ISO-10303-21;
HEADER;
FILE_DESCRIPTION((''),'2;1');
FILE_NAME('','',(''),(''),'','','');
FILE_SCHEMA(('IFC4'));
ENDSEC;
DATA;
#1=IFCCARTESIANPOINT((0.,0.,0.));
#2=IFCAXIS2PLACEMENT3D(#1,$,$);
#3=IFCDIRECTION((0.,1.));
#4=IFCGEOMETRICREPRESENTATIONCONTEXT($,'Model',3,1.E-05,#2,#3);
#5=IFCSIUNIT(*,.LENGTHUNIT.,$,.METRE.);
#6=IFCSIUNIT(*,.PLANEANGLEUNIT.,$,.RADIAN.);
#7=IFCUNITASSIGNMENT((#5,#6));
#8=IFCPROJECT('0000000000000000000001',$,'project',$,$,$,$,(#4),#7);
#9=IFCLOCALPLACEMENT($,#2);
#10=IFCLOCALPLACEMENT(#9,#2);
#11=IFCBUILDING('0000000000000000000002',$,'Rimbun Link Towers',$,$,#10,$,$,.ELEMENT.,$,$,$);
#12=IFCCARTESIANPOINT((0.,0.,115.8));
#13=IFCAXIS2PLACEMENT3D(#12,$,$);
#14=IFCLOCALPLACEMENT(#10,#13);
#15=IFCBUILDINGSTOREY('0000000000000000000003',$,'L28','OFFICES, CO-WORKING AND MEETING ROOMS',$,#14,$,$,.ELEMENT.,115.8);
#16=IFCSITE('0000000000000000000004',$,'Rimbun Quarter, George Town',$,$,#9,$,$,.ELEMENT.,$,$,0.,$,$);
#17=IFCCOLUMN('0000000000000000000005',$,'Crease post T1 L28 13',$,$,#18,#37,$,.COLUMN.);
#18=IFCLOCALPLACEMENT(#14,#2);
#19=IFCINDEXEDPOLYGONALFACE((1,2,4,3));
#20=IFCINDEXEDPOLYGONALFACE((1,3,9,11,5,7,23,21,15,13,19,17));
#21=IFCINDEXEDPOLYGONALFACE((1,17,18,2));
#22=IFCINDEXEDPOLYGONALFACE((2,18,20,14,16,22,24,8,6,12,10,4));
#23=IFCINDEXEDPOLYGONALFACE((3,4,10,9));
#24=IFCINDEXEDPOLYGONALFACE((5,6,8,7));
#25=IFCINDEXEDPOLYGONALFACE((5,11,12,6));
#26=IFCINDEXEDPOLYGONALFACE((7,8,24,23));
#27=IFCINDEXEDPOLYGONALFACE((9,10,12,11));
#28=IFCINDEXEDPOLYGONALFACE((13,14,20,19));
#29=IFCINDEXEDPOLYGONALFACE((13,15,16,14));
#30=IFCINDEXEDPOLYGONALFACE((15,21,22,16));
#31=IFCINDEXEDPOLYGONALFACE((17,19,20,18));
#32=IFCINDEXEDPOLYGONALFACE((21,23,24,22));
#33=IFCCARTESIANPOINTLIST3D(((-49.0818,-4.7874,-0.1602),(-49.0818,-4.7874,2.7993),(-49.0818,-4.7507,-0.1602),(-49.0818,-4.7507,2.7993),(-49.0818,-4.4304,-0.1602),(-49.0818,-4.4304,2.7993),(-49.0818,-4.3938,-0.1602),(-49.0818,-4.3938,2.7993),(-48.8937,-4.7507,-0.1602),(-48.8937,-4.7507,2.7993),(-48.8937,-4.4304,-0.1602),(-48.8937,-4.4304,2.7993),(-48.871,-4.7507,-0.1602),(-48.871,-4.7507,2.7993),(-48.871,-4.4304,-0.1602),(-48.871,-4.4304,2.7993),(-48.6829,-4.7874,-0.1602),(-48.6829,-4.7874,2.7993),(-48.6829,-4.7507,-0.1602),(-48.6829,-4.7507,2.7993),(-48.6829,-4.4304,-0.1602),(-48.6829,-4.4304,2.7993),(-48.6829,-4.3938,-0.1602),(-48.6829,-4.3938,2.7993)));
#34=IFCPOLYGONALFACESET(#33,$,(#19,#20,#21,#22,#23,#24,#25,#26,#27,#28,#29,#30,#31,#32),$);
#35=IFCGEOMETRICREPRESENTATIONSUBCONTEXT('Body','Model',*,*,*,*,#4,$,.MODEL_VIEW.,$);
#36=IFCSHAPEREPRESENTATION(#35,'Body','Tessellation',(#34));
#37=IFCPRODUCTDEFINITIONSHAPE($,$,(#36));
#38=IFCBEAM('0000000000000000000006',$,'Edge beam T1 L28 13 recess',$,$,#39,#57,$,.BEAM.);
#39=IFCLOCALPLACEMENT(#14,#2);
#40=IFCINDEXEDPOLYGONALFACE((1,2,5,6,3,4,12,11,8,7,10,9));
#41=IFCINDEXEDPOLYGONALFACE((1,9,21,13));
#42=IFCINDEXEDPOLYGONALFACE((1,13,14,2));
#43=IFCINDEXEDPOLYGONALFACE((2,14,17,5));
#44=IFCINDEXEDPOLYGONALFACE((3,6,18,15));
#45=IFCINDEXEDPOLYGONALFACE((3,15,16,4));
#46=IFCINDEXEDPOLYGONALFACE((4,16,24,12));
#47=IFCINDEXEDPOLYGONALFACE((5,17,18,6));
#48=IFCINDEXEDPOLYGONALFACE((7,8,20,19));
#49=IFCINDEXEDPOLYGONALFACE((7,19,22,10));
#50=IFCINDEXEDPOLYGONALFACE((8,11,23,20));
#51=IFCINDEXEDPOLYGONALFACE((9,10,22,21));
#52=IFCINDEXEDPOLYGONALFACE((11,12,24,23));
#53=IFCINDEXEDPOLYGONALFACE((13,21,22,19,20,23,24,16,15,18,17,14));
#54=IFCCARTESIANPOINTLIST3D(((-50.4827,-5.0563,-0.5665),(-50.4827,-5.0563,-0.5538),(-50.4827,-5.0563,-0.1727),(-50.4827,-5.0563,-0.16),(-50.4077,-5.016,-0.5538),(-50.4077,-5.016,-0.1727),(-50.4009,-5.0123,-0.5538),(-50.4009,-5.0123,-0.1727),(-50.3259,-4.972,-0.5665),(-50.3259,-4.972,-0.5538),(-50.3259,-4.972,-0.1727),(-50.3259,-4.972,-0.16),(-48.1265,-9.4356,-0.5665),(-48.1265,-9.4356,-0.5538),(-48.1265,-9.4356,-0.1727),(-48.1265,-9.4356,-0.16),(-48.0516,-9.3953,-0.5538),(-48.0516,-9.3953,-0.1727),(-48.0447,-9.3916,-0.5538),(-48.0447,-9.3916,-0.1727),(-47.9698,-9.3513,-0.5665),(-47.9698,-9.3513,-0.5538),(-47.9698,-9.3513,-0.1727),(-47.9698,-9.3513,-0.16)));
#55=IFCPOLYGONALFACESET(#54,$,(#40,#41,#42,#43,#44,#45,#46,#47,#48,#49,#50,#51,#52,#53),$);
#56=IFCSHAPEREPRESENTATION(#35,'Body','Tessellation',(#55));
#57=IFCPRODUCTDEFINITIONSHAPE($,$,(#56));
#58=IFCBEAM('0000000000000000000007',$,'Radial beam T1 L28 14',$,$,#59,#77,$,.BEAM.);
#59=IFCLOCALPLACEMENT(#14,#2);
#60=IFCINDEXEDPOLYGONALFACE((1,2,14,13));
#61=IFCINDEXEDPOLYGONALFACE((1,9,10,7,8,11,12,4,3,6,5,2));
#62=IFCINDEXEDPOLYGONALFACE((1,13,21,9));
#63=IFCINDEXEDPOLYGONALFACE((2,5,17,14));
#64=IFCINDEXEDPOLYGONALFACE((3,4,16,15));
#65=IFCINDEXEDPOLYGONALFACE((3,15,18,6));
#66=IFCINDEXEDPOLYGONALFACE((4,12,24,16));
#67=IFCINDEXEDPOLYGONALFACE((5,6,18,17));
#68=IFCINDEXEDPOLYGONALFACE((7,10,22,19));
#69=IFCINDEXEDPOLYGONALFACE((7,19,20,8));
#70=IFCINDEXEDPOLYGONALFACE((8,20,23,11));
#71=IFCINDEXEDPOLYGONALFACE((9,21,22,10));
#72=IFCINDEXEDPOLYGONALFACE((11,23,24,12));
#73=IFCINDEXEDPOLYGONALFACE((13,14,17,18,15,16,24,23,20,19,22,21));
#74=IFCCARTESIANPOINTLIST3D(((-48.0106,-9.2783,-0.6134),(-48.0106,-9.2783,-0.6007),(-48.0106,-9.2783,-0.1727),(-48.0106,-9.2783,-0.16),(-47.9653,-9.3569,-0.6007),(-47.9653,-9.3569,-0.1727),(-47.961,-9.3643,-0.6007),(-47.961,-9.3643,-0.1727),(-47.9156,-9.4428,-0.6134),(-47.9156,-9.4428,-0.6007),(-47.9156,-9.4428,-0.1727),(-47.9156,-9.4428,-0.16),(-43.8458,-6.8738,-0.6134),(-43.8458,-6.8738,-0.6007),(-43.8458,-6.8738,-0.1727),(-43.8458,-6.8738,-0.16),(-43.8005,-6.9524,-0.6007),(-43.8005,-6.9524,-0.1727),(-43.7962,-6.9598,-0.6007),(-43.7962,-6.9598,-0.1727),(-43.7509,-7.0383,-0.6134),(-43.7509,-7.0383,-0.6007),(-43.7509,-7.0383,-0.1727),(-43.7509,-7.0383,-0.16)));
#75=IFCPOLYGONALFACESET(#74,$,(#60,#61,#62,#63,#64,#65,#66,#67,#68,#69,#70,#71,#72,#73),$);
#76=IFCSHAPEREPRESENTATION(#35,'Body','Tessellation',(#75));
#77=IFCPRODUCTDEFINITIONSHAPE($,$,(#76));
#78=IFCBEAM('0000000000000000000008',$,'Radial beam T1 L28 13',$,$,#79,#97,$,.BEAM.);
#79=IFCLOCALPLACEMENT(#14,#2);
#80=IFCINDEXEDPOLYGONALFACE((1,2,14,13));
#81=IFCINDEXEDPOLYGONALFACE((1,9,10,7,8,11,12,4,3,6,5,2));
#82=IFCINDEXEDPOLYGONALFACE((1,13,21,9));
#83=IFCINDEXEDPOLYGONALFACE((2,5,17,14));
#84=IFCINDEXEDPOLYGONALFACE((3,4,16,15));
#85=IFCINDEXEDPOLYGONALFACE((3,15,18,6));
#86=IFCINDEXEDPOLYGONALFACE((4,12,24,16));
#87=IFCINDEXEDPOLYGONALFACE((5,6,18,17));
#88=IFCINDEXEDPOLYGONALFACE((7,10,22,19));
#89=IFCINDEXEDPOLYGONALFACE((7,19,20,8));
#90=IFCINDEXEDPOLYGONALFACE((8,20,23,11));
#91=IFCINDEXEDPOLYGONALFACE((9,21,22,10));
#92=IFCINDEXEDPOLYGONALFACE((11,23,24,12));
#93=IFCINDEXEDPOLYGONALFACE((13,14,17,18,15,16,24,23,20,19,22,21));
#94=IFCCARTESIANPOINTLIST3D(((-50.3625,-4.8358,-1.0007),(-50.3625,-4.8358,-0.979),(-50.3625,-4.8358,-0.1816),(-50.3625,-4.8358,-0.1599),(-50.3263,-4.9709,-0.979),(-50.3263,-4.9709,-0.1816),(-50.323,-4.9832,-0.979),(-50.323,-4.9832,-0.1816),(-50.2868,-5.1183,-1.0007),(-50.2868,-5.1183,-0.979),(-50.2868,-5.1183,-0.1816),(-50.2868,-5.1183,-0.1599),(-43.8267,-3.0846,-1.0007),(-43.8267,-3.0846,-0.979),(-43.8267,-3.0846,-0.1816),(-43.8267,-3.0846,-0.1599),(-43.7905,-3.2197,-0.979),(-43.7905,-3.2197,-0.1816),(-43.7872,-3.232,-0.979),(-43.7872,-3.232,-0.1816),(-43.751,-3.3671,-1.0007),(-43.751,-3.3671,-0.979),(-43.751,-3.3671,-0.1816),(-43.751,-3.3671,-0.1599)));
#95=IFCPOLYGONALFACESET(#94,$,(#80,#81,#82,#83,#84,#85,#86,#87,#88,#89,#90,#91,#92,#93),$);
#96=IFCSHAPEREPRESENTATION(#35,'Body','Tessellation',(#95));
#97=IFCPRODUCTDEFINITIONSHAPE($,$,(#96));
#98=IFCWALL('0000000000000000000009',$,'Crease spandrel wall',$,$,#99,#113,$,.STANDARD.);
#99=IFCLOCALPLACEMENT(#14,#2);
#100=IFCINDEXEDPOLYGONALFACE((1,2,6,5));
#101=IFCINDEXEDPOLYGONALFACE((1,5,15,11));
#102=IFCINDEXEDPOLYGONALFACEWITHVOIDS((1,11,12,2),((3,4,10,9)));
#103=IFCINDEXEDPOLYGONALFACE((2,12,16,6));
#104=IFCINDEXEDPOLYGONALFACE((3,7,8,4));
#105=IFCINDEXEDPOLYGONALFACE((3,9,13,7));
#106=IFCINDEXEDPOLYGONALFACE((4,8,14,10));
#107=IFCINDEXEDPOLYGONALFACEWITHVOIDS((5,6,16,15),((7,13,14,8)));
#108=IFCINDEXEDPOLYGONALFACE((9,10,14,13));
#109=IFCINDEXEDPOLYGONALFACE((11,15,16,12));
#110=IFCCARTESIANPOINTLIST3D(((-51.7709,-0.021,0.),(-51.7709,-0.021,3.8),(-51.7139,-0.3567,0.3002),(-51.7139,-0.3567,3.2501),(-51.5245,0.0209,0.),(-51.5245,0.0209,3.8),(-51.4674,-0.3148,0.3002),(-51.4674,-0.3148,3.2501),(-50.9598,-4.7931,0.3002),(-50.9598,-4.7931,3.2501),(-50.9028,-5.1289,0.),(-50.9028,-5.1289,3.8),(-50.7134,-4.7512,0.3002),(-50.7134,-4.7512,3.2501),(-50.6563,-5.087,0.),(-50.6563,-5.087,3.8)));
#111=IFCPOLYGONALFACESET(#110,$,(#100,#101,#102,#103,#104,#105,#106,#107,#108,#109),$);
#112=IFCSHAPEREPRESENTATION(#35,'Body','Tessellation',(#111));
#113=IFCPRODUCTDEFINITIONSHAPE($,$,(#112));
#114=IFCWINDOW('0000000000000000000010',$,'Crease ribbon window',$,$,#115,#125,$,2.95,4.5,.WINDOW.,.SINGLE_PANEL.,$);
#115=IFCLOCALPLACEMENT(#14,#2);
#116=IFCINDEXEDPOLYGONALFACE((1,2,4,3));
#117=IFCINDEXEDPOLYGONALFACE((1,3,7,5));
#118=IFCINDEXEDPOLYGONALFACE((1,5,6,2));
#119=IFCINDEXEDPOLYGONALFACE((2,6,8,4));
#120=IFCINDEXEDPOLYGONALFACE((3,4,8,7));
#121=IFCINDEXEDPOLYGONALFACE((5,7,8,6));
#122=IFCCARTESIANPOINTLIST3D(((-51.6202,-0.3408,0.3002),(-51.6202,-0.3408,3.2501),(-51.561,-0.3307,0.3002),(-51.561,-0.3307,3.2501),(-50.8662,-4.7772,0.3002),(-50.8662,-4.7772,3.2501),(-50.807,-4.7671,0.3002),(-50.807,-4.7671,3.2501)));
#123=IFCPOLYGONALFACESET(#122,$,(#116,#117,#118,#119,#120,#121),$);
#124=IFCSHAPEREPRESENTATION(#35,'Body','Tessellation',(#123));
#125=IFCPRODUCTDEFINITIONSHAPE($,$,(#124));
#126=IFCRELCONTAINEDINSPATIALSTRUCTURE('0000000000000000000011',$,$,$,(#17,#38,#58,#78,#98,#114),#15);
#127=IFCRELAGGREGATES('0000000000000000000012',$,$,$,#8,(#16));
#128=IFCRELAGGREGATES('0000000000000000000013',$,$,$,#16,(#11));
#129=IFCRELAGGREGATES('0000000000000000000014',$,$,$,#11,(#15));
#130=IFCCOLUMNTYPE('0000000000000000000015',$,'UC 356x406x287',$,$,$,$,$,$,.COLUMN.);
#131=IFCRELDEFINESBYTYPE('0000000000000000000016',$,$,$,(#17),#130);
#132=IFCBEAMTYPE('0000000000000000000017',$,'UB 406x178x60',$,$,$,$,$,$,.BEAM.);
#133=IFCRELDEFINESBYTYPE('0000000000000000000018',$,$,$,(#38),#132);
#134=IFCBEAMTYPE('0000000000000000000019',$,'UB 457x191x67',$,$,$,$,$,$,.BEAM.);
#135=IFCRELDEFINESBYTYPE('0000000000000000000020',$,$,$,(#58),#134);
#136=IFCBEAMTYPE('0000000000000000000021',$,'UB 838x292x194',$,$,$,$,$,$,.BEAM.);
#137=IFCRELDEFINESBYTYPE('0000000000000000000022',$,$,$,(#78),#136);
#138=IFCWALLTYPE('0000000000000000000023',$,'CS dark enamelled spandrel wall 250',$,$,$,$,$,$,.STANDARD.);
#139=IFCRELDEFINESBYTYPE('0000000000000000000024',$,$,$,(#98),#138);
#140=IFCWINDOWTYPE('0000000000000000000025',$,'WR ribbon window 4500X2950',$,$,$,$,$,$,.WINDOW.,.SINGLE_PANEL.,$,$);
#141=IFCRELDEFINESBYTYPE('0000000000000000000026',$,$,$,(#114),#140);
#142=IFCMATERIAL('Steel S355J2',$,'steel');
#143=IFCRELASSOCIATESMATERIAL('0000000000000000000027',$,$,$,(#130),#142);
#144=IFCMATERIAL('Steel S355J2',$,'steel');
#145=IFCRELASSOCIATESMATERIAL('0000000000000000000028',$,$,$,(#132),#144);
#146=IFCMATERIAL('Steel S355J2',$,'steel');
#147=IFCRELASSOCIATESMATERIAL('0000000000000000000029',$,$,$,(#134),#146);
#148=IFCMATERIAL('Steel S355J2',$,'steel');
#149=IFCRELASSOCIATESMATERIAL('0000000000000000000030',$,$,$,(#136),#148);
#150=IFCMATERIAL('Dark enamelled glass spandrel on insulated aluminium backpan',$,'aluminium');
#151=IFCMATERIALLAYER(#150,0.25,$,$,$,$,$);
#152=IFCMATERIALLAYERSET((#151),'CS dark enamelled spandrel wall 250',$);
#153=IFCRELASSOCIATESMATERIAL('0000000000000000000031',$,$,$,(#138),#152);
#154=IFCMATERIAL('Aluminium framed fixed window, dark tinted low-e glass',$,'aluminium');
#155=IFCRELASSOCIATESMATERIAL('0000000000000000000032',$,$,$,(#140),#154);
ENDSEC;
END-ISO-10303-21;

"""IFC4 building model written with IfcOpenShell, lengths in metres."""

from ifc_helpers import new_model, si_unit, direction, frame, frame_2d, origin, origin_2d, place, context, subcontext, project, spatial, rectangle, i_section, extrude, material, layer, layer_set, material_profile, profile_set, type_object, element, fill, save


model = new_model("IFC4")

# Units and contexts
model_context = context("Model", 3, precision=1e-05, world=origin(), true_north=direction((0.0, 1.0)))
body_context = subcontext(model_context, "Body", "Model", "MODEL_VIEW")
ifc_project = project(units=[si_unit("LENGTHUNIT", "METRE"), si_unit("PLANEANGLEUNIT", "RADIAN")], contexts=[model_context])

# Site, building, storey
site_placement = place(None, origin())
site = spatial("IfcSite", under=ifc_project, at=site_placement, Name="Rimbun Quarter, George Town", CompositionType="ELEMENT", RefElevation=0.0)
building_placement = place(site_placement, origin())
building = spatial("IfcBuilding", under=site, at=building_placement, Name="Rimbun Link Towers", CompositionType="ELEMENT")
storey_placement = place(building_placement, frame((0.0, 0.0, 115.8)))
storey = spatial("IfcBuildingStorey", under=building, at=storey_placement, Name="L28", Description="OFFICES, CO-WORKING AND MEETING ROOMS", CompositionType="ELEMENT", Elevation=115.8)

# Column
ifc_material_1 = material(Name="Steel S355J2", Category="steel")
ifc_material_profile_1 = material_profile(ifc_material_1, i_section(OverallWidth=0.3989, OverallDepth=0.3936, WebThickness=0.0227, FlangeThickness=0.0366, at=origin_2d()), Name="UC 356x406x287")
ifc_profile_set_1 = profile_set([ifc_material_profile_1], Name="Steel S355J2")
column_type = type_object("IfcColumnType", Name="UC 356x406x287", PredefinedType="COLUMN", material=ifc_profile_set_1)
column_placement = place(storey_placement, frame((-48.8823, -4.5906, -0.1602), z_axis=(0.0, 0.0, 1.0), x_axis=(1.0, 0.0, 0.0)))
element("IfcColumn", 1, at=column_placement, inside=storey, type_object=column_type, Name="Crease post T1 L28 13", PredefinedType="COLUMN", context=body_context, shape_type="SweptSolid", body=[
    extrude(i_section(OverallWidth=0.3989, OverallDepth=0.3936, WebThickness=0.0227, FlangeThickness=0.0366, at=origin_2d()), origin(), (0.0, 0.0, 1.0), 2.9595),
])

# Beams
ifc_material_2 = material(Name="Steel S355J2", Category="steel")
ifc_material_profile_2 = material_profile(ifc_material_2, i_section(OverallWidth=0.178, OverallDepth=0.4065, WebThickness=0.0078, FlangeThickness=0.0127, at=origin_2d()), Name="UB 406x178x60")
ifc_profile_set_2 = profile_set([ifc_material_profile_2], Name="Steel S355J2")
beam_type_1 = type_object("IfcBeamType", Name="UB 406x178x60", PredefinedType="BEAM", material=ifc_profile_set_2)
beam_1_placement = place(storey_placement, frame((-50.4043, -5.0142, -0.3633), z_axis=(0.473798, -0.880633, 0.0), x_axis=(0.880633, 0.473798, 0.0)))
element("IfcBeam", 2, at=beam_1_placement, inside=storey, type_object=beam_type_1, Name="Edge beam T1 L28 13 recess", PredefinedType="BEAM", context=body_context, shape_type="SweptSolid", body=[
    extrude(i_section(OverallWidth=0.178, OverallDepth=0.4065, WebThickness=0.0078, FlangeThickness=0.0127, at=origin_2d()), origin(), (0.0, 0.0, 1.0), 4.9729),
])
ifc_material_3 = material(Name="Steel S355J2", Category="steel")
ifc_material_profile_3 = material_profile(ifc_material_3, i_section(OverallWidth=0.1899, OverallDepth=0.4534, WebThickness=0.0085, FlangeThickness=0.0127, at=origin_2d()), Name="UB 457x191x67")
ifc_profile_set_3 = profile_set([ifc_material_profile_3], Name="Steel S355J2")
beam_type_2 = type_object("IfcBeamType", Name="UB 457x191x67", PredefinedType="BEAM", material=ifc_profile_set_3)
beam_2_placement = place(storey_placement, frame((-43.7983, -6.9561, -0.3867), z_axis=(-0.866026, -0.499999, 0.0), x_axis=(0.499999, -0.866026, 0.0)))
element("IfcBeam", 3, at=beam_2_placement, inside=storey, type_object=beam_type_2, Name="Radial beam T1 L28 14", PredefinedType="BEAM", context=body_context, shape_type="SweptSolid", body=[
    extrude(i_section(OverallWidth=0.1899, OverallDepth=0.4534, WebThickness=0.0085, FlangeThickness=0.0127, at=origin_2d()), origin(), (0.0, 0.0, 1.0), 4.8091),
])
ifc_material_4 = material(Name="Steel S355J2", Category="steel")
ifc_material_profile_4 = material_profile(ifc_material_4, i_section(OverallWidth=0.2925, OverallDepth=0.8408, WebThickness=0.0127, FlangeThickness=0.0217, at=origin_2d()), Name="UB 838x292x194")
ifc_profile_set_4 = profile_set([ifc_material_profile_4], Name="Steel S355J2")
beam_type_3 = type_object("IfcBeamType", Name="UB 838x292x194", PredefinedType="BEAM", material=ifc_profile_set_4)
beam_3_placement = place(storey_placement, frame((-43.7888, -3.2258, -0.5803), z_axis=(-0.965928, -0.25881, 0.0), x_axis=(0.25881, -0.965928, 0.0)))
element("IfcBeam", 4, at=beam_3_placement, inside=storey, type_object=beam_type_3, Name="Radial beam T1 L28 13", PredefinedType="BEAM", context=body_context, shape_type="SweptSolid", body=[
    extrude(i_section(OverallWidth=0.2925, OverallDepth=0.8408, WebThickness=0.0127, FlangeThickness=0.0217, at=origin_2d()), origin(), (0.0, 0.0, 1.0), 6.7664),
])

# Wall, opening, window
ifc_material_5 = material(Name="Dark enamelled glass spandrel on insulated aluminium backpan", Category="aluminium")
ifc_layer_1 = layer(ifc_material_5, 0.25)
ifc_layer_set_1 = layer_set([ifc_layer_1], Name="CS dark enamelled spandrel wall 250")
wall_type_1 = type_object("IfcWallType", Name="CS dark enamelled spandrel wall 250", PredefinedType="STANDARD", material=ifc_layer_set_1)
wall_1_placement = place(storey_placement, frame((-50.7795, -5.1079, 0.0), z_axis=(0.0, 0.0, 1.0), x_axis=(-0.167562, 0.985862, 0.0)))
wall_1 = element("IfcWall", 5, at=wall_1_placement, inside=storey, type_object=wall_type_1, Name="Crease spandrel wall", PredefinedType="STANDARD", context=body_context, shape_type="SweptSolid", body=[
    extrude(rectangle(XDim=5.1812, YDim=0.25, at=frame_2d((2.5906, 0.0))), origin(), (0.0, 0.0, 1.0), 3.8),
])
opening_1_placement = place(wall_1_placement, frame((0.3406, 0.0, 0.3)))
opening_1 = element("IfcOpeningElement", 6, at=opening_1_placement, cuts=wall_1, PredefinedType="OPENING", context=body_context, shape_type="SweptSolid", body=[
    extrude(rectangle(XDim=4.5, YDim=2.95, at=frame_2d((2.25, 1.4751))), frame((0.0, 0.135, 0.0), z_axis=(0.0, -1.0, 0.0), x_axis=(1.0, 0.0, 0.0)), (0.0, 0.0, 1.0), 0.27),
])
ifc_material_6 = material(Name="Aluminium framed fixed window, dark tinted low-e glass", Category="aluminium")
window_type = type_object("IfcWindowType", Name="WR ribbon window 4500X2950", PartitioningType="SINGLE_PANEL", PredefinedType="WINDOW", material=ifc_material_6)
window_placement = place(opening_1_placement, origin())
window = element("IfcWindow", 7, at=window_placement, inside=storey, type_object=window_type, Name="Crease ribbon window", OverallHeight=2.95, OverallWidth=4.5, PartitioningType="SINGLE_PANEL", PredefinedType="WINDOW", context=body_context, shape_type="SweptSolid", body=[
    extrude(rectangle(XDim=4.5, YDim=2.95, at=frame_2d((2.25, 1.4751))), frame((0.0, 0.03, 0.0), z_axis=(0.0, -1.0, 0.0), x_axis=(1.0, 0.0, 0.0)), (0.0, 0.0, 1.0), 0.0601),
])
fill(opening_1, window)

save(model, "model.ifc")
